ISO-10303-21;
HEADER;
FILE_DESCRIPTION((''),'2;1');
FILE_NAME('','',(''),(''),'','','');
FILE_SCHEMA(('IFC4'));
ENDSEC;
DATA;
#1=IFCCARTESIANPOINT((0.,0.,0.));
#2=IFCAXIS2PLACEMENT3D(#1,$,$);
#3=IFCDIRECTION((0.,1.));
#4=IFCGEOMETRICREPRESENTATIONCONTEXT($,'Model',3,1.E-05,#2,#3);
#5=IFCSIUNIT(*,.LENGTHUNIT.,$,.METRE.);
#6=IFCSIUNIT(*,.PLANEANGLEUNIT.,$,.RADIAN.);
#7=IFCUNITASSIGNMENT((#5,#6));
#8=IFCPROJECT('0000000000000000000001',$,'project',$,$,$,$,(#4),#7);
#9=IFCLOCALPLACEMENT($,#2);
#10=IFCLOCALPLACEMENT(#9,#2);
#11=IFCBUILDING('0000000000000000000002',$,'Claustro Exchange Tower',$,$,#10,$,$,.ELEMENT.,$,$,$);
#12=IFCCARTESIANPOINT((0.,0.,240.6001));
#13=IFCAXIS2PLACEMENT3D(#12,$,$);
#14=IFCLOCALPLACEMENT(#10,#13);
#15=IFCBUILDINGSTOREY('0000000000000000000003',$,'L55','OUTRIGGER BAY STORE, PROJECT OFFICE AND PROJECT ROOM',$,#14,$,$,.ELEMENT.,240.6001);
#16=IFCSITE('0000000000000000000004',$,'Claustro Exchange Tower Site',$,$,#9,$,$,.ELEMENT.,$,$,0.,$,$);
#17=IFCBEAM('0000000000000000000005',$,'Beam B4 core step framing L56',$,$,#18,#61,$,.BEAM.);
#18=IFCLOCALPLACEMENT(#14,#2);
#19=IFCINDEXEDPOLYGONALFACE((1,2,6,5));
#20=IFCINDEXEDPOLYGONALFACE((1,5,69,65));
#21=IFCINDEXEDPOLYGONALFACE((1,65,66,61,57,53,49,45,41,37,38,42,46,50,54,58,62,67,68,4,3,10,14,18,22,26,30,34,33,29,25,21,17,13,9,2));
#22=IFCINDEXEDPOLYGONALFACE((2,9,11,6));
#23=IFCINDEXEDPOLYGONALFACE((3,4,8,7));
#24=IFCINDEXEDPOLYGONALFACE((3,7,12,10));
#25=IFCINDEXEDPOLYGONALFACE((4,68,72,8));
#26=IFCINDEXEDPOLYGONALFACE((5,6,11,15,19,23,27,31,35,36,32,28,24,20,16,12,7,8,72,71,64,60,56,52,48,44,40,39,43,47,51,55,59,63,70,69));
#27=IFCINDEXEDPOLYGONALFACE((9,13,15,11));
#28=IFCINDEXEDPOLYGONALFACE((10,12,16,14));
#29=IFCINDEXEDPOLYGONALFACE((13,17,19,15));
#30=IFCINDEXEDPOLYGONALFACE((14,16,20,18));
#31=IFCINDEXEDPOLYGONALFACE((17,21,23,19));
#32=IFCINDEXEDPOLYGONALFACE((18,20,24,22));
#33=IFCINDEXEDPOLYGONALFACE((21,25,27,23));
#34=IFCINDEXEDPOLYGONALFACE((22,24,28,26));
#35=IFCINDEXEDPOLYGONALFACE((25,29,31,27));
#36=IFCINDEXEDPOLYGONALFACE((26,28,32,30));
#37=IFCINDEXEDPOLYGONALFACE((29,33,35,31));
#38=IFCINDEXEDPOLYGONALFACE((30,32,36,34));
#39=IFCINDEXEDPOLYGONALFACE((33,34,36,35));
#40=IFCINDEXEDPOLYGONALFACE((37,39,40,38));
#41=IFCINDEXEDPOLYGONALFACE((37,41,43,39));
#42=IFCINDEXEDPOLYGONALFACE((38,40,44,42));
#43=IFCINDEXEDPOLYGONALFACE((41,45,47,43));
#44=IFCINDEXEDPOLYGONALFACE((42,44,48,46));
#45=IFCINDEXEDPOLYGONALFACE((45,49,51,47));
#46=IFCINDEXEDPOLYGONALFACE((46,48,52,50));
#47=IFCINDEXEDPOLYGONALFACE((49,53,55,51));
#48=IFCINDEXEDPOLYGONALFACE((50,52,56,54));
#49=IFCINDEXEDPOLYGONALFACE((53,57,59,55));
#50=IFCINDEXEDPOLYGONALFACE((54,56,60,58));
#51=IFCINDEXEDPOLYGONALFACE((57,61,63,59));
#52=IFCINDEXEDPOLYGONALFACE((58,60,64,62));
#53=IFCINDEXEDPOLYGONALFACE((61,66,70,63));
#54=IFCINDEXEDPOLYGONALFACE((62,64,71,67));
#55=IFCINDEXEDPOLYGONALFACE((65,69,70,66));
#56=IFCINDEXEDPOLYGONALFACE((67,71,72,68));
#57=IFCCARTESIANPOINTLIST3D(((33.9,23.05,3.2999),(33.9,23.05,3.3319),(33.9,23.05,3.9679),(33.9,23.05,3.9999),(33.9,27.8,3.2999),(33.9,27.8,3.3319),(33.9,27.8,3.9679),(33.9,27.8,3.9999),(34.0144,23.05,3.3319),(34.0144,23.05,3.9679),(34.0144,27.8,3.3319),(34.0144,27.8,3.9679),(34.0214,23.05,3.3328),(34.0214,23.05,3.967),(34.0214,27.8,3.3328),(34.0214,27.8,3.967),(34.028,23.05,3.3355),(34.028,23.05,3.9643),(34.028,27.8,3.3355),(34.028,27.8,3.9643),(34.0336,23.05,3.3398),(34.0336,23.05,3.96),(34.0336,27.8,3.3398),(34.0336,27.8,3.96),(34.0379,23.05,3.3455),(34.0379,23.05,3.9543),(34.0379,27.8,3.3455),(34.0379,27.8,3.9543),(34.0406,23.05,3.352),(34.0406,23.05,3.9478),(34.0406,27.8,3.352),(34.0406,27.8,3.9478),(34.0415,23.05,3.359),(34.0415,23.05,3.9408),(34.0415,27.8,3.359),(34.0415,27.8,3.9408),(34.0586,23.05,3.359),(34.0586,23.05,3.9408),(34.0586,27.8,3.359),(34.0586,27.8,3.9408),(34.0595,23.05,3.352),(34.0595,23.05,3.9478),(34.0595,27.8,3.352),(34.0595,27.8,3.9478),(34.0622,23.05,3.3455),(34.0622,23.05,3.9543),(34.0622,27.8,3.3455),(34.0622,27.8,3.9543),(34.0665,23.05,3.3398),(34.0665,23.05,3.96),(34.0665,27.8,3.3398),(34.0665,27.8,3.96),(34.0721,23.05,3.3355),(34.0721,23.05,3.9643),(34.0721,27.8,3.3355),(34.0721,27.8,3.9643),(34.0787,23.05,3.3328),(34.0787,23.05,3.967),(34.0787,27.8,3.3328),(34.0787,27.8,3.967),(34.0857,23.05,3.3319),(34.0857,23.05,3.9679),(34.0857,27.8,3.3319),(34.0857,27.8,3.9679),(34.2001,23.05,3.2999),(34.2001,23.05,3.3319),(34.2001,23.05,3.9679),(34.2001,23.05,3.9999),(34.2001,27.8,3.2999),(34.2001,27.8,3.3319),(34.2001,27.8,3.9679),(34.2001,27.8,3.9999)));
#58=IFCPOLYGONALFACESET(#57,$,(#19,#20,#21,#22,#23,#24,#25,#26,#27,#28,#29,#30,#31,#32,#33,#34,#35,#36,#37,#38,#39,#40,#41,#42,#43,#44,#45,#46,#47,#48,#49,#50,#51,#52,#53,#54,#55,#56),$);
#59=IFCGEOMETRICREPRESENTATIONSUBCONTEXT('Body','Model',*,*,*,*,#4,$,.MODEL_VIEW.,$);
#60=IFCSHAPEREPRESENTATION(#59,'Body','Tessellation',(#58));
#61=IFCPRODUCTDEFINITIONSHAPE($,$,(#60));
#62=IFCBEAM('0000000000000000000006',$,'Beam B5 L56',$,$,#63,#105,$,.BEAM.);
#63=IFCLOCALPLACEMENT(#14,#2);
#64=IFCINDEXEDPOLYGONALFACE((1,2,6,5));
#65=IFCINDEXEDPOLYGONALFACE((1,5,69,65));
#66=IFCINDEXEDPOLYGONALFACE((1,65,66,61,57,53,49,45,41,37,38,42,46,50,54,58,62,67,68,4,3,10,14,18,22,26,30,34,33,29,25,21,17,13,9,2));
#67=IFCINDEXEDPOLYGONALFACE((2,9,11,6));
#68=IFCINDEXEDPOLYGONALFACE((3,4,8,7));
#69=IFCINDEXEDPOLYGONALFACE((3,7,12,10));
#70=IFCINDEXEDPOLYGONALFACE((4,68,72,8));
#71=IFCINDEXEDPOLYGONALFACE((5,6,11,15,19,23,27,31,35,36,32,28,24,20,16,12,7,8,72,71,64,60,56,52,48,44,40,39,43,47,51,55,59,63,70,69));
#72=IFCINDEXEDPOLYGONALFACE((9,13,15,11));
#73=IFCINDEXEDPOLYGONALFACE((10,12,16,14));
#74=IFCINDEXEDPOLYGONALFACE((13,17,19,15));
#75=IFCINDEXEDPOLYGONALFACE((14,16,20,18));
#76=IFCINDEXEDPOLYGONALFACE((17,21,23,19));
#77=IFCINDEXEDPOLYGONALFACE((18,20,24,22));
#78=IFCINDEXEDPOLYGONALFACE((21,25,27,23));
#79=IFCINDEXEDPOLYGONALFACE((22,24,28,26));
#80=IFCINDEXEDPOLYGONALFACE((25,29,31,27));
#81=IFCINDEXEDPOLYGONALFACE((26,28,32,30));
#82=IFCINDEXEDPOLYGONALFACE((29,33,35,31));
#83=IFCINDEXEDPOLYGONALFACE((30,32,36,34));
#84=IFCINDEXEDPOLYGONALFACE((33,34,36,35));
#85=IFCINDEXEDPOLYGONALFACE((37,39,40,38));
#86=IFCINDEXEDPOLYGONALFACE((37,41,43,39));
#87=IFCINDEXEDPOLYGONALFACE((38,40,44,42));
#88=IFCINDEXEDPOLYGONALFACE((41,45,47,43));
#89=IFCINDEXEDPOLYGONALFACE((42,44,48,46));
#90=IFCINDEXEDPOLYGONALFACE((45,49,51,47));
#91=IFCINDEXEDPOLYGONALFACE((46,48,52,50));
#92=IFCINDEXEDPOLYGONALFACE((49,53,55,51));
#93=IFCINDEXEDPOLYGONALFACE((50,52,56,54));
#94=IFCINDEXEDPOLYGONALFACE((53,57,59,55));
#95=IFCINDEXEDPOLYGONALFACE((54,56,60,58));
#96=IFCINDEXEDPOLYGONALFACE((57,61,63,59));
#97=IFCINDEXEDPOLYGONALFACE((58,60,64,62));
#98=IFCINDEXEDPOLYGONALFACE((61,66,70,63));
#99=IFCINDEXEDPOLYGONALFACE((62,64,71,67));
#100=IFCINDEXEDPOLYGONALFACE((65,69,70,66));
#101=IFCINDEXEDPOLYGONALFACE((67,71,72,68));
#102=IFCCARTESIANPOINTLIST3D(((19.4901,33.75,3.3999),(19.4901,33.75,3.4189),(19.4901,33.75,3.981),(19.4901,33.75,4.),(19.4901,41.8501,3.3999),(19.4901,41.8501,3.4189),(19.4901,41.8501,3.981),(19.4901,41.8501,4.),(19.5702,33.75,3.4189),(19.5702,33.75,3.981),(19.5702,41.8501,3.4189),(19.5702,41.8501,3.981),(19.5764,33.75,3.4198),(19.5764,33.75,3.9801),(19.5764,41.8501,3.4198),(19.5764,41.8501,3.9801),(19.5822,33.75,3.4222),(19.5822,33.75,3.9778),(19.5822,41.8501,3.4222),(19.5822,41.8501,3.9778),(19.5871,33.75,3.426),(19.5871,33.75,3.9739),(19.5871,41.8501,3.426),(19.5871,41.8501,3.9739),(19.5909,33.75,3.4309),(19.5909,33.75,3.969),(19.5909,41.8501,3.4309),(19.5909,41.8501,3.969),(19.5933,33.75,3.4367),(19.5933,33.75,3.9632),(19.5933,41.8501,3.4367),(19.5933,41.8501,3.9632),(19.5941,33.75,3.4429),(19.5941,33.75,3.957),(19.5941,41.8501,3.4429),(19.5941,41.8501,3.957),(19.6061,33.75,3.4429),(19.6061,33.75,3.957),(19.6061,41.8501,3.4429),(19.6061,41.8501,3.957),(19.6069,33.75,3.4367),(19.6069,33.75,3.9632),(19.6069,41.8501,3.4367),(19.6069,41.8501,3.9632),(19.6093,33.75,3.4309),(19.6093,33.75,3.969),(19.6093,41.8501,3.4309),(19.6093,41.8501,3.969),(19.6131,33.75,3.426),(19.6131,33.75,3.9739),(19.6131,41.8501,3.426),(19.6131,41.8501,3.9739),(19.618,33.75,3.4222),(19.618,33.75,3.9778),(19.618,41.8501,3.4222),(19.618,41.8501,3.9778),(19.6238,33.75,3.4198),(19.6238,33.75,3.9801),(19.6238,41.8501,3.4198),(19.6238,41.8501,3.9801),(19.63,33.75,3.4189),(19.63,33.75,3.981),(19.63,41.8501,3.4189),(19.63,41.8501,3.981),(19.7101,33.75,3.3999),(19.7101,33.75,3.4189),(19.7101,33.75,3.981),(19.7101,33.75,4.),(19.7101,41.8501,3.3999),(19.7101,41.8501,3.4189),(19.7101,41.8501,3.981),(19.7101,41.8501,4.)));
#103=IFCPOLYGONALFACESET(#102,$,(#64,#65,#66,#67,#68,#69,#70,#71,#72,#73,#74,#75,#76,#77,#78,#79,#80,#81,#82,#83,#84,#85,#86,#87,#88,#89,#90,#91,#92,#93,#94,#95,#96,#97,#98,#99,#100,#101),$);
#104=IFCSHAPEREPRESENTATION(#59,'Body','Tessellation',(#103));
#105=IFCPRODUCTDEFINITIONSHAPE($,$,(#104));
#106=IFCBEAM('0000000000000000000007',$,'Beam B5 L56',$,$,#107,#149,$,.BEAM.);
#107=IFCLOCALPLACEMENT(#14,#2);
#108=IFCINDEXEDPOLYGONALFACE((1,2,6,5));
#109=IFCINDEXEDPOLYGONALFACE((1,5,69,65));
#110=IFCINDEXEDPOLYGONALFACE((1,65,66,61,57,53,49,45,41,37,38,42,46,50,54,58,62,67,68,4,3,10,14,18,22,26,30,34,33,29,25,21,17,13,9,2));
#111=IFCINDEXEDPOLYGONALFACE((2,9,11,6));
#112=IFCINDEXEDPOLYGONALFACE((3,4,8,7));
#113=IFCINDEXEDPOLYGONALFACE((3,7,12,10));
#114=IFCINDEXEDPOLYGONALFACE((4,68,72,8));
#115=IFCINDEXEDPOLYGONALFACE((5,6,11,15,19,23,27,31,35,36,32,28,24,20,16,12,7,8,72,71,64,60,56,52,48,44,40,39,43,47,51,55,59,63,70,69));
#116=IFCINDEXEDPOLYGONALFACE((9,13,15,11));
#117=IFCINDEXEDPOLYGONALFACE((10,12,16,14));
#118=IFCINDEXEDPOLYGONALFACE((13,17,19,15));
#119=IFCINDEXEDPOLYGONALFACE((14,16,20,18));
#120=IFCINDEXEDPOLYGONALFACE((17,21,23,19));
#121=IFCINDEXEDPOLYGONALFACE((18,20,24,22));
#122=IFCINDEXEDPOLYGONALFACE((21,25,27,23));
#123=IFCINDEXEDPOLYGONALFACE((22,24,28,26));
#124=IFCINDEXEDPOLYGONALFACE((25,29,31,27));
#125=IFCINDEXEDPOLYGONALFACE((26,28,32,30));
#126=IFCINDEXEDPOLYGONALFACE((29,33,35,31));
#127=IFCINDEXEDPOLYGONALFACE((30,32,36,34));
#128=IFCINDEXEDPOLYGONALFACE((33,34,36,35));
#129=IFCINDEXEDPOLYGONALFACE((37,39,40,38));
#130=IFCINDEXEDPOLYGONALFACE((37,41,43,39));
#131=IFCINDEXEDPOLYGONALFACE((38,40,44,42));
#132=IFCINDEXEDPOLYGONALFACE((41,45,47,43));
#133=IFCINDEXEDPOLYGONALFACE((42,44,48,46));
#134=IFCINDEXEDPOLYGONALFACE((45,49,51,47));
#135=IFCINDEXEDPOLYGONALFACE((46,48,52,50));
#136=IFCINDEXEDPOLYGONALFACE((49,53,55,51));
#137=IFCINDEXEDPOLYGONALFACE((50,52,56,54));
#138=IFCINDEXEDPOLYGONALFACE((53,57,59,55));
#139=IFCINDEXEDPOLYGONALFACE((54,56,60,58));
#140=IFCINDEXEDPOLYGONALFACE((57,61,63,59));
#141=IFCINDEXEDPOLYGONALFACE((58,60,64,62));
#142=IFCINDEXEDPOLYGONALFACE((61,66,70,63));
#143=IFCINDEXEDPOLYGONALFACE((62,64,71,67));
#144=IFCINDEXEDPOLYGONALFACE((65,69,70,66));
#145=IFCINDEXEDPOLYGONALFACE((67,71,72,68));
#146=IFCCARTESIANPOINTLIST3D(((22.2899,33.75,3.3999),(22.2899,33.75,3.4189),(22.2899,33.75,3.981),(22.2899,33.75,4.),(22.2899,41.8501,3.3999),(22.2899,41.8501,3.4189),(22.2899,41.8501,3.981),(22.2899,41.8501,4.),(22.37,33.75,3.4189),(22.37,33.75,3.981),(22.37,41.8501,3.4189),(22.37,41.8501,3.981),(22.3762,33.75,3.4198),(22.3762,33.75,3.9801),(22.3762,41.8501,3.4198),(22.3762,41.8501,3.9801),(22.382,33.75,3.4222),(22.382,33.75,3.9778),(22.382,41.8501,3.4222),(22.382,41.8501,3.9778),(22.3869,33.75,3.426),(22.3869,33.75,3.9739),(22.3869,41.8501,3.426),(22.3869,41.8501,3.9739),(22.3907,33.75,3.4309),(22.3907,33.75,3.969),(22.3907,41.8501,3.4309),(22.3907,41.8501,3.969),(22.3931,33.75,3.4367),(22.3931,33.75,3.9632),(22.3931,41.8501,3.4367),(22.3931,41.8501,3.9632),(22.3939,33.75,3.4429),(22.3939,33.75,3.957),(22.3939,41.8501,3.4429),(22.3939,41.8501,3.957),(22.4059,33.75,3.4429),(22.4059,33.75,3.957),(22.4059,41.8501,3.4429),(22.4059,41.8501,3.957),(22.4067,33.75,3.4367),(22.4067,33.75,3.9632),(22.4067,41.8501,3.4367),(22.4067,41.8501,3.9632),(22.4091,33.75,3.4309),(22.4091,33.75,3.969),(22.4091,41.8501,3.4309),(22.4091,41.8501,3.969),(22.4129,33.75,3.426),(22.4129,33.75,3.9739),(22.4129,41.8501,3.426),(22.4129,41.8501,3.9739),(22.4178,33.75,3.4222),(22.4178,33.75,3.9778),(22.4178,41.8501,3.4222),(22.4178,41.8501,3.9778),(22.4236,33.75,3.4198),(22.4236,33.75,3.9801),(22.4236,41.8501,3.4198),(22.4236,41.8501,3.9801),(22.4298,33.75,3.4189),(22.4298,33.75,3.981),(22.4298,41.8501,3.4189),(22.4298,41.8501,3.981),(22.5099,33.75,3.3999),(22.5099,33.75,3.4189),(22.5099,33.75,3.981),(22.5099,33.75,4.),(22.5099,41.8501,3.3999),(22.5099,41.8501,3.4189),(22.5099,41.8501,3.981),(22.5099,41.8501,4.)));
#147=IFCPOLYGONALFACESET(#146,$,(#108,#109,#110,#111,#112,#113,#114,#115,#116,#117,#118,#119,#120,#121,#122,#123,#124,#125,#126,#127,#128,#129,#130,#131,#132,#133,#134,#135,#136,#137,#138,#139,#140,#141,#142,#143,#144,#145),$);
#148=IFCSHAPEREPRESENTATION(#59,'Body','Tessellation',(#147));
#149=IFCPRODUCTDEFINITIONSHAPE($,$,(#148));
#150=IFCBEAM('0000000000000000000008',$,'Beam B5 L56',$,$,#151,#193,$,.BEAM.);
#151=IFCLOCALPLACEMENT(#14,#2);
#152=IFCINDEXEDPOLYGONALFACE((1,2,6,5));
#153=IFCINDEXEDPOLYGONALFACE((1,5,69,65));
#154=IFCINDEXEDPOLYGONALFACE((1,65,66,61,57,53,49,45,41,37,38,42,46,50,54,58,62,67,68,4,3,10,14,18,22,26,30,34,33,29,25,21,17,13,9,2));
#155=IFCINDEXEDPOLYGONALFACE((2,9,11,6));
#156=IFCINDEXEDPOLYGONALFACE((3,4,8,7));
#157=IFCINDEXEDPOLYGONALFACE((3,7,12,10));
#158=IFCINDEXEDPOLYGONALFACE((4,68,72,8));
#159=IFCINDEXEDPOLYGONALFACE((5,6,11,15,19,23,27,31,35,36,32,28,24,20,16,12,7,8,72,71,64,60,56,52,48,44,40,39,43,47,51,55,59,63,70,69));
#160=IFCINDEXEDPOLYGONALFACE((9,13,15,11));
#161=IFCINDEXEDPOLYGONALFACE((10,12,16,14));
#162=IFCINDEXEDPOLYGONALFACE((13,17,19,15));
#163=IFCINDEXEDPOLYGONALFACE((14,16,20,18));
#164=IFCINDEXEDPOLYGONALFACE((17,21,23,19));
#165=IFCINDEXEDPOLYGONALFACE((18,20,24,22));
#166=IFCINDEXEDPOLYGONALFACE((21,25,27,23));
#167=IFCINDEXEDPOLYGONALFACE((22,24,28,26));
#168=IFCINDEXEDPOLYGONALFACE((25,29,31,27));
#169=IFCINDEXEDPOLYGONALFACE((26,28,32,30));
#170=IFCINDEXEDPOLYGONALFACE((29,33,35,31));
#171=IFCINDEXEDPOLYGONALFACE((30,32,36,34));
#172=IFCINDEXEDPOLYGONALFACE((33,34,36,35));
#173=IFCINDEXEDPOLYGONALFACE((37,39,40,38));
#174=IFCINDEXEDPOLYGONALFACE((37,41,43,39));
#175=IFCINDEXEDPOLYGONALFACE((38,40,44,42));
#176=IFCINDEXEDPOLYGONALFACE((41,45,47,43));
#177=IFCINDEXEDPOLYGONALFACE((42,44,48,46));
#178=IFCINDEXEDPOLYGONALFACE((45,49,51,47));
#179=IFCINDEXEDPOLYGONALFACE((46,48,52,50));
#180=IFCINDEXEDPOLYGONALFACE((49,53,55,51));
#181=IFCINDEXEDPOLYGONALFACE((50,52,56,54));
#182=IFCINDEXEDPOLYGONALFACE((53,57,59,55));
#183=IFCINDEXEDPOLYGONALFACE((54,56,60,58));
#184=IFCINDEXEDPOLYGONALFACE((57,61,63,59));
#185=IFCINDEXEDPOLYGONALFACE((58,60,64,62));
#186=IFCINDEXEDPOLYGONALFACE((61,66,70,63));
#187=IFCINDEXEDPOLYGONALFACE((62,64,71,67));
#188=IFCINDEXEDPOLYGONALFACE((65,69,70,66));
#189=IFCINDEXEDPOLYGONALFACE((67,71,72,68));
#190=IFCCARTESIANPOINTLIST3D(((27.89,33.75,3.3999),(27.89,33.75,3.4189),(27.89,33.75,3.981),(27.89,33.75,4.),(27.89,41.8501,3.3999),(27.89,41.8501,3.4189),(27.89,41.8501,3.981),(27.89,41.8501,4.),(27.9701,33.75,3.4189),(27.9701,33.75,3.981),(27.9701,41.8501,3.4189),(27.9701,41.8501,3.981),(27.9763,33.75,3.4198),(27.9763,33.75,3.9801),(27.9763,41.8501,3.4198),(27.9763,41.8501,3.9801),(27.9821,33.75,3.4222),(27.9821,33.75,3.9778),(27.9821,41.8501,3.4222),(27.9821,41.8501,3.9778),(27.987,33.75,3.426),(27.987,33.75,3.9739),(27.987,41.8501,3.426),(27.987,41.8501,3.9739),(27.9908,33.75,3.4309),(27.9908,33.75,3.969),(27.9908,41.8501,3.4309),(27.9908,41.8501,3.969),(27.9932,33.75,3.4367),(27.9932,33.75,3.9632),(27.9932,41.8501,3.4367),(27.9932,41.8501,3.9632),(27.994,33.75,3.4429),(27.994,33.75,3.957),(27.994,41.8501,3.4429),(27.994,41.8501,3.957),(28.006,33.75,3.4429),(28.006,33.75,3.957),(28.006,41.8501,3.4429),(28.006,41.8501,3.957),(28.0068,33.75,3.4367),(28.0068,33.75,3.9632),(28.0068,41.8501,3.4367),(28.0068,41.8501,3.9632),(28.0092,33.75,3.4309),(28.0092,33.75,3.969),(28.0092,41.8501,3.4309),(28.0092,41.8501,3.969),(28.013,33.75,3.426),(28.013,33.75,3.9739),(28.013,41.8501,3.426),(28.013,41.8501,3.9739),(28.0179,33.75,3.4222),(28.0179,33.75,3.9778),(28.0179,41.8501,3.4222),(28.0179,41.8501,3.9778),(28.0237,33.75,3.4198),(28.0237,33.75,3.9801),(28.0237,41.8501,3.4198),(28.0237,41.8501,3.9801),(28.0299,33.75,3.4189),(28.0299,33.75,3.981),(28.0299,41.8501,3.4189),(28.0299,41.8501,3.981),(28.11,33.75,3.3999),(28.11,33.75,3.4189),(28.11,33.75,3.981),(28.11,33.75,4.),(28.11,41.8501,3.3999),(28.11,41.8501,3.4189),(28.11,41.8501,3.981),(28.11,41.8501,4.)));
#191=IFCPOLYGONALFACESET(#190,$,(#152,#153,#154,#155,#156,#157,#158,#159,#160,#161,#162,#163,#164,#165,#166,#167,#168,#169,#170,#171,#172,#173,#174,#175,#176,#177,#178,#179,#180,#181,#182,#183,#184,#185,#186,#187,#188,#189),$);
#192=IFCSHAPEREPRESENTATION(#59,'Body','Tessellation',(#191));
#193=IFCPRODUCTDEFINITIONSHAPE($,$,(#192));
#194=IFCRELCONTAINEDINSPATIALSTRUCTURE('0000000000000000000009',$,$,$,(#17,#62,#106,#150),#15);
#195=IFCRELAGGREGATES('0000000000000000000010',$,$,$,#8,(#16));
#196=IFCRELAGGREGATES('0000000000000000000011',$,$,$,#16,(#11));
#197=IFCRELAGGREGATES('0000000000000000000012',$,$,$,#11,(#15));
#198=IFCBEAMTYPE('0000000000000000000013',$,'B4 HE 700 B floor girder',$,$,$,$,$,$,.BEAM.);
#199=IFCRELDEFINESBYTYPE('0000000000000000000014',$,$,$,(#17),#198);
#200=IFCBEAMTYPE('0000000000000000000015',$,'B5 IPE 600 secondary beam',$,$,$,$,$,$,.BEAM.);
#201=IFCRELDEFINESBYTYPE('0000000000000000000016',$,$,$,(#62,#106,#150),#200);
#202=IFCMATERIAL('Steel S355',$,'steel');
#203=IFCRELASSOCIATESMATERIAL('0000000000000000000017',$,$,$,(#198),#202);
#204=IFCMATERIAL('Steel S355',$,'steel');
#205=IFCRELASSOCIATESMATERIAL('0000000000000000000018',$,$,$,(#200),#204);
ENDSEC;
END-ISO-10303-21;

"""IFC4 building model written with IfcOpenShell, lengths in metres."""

from ifc_helpers import new_model, si_unit, direction, frame, origin, origin_2d, place, context, subcontext, project, spatial, i_section, extrude, material, material_profile, profile_set, type_object, element, save


model = new_model("IFC4")

# Units and contexts
model_context = context("Model", 3, precision=1e-05, world=origin(), true_north=direction((0.0, 1.0)))
body_context = subcontext(model_context, "Body", "Model", "MODEL_VIEW")
ifc_project = project(units=[si_unit("LENGTHUNIT", "METRE"), si_unit("PLANEANGLEUNIT", "RADIAN")], contexts=[model_context])

# Site, building, storey
site_placement = place(None, origin())
site = spatial("IfcSite", under=ifc_project, at=site_placement, Name="Claustro Exchange Tower Site", CompositionType="ELEMENT", RefElevation=0.0)
building_placement = place(site_placement, origin())
building = spatial("IfcBuilding", under=site, at=building_placement, Name="Claustro Exchange Tower", CompositionType="ELEMENT")
storey_placement = place(building_placement, frame((0.0, 0.0, 240.6001)))
storey = spatial("IfcBuildingStorey", under=building, at=storey_placement, Name="L55", Description="OUTRIGGER BAY STORE, PROJECT OFFICE AND PROJECT ROOM", CompositionType="ELEMENT", Elevation=240.6001)

# Beams
ifc_material_1 = material(Name="Steel S355", Category="steel")
ifc_material_profile_1 = material_profile(ifc_material_1, i_section(OverallWidth=0.3, OverallDepth=0.7, WebThickness=0.0171, FlangeThickness=0.032, FilletRadius=0.0271, at=origin_2d()), Name="HE 700 B")
ifc_profile_set_1 = profile_set([ifc_material_profile_1], Name="Steel S355")
beam_type_1 = type_object("IfcBeamType", Name="B4 HE 700 B floor girder", PredefinedType="BEAM", material=ifc_profile_set_1)
beam_1_placement = place(storey_placement, frame((34.05, 23.05, 3.6499), z_axis=(0.0, 1.0, 0.0), x_axis=(-1.0, 0.0, 0.0)))
element("IfcBeam", 1, at=beam_1_placement, inside=storey, type_object=beam_type_1, Name="Beam B4 core step framing L56", PredefinedType="BEAM", context=body_context, shape_type="SweptSolid", body=[
    extrude(i_section(OverallWidth=0.3, OverallDepth=0.7, WebThickness=0.0171, FlangeThickness=0.032, FilletRadius=0.0271, at=origin_2d()), origin(), (0.0, 0.0, 1.0), 4.75),
])
ifc_material_2 = material(Name="Steel S355", Category="steel")
ifc_material_profile_2 = material_profile(ifc_material_2, i_section(OverallWidth=0.22, OverallDepth=0.6001, WebThickness=0.012, FlangeThickness=0.019, FilletRadius=0.0239, at=origin_2d()), Name="IPE 600")
ifc_profile_set_2 = profile_set([ifc_material_profile_2], Name="Steel S355")
beam_type_2 = type_object("IfcBeamType", Name="B5 IPE 600 secondary beam", PredefinedType="BEAM", material=ifc_profile_set_2)
for number, where, z_axis, x_axis, name in (
    (2, (19.6001, 33.75, 3.7), (0.0, 1.0, 0.0), (-1.0, 0.0, 0.0), "Beam B5 L56"),
    (3, (22.3999, 33.75, 3.7), (0.0, 1.0, 0.0), (-1.0, 0.0, 0.0), "Beam B5 L56"),
    (4, (28.0, 33.75, 3.7), (0.0, 1.0, 0.0), (-1.0, 0.0, 0.0), "Beam B5 L56"),
):
    element("IfcBeam", number, at=place(storey_placement, frame(where, z_axis=z_axis, x_axis=x_axis)), inside=storey, type_object=beam_type_2, Name=name, PredefinedType="BEAM", context=body_context, shape_type="SweptSolid", body=[
        extrude(i_section(OverallWidth=0.22, OverallDepth=0.6001, WebThickness=0.012, FlangeThickness=0.019, FilletRadius=0.0239, at=origin_2d()), origin(), (0.0, 0.0, 1.0), 8.1001),
    ])

save(model, "model.ifc")
